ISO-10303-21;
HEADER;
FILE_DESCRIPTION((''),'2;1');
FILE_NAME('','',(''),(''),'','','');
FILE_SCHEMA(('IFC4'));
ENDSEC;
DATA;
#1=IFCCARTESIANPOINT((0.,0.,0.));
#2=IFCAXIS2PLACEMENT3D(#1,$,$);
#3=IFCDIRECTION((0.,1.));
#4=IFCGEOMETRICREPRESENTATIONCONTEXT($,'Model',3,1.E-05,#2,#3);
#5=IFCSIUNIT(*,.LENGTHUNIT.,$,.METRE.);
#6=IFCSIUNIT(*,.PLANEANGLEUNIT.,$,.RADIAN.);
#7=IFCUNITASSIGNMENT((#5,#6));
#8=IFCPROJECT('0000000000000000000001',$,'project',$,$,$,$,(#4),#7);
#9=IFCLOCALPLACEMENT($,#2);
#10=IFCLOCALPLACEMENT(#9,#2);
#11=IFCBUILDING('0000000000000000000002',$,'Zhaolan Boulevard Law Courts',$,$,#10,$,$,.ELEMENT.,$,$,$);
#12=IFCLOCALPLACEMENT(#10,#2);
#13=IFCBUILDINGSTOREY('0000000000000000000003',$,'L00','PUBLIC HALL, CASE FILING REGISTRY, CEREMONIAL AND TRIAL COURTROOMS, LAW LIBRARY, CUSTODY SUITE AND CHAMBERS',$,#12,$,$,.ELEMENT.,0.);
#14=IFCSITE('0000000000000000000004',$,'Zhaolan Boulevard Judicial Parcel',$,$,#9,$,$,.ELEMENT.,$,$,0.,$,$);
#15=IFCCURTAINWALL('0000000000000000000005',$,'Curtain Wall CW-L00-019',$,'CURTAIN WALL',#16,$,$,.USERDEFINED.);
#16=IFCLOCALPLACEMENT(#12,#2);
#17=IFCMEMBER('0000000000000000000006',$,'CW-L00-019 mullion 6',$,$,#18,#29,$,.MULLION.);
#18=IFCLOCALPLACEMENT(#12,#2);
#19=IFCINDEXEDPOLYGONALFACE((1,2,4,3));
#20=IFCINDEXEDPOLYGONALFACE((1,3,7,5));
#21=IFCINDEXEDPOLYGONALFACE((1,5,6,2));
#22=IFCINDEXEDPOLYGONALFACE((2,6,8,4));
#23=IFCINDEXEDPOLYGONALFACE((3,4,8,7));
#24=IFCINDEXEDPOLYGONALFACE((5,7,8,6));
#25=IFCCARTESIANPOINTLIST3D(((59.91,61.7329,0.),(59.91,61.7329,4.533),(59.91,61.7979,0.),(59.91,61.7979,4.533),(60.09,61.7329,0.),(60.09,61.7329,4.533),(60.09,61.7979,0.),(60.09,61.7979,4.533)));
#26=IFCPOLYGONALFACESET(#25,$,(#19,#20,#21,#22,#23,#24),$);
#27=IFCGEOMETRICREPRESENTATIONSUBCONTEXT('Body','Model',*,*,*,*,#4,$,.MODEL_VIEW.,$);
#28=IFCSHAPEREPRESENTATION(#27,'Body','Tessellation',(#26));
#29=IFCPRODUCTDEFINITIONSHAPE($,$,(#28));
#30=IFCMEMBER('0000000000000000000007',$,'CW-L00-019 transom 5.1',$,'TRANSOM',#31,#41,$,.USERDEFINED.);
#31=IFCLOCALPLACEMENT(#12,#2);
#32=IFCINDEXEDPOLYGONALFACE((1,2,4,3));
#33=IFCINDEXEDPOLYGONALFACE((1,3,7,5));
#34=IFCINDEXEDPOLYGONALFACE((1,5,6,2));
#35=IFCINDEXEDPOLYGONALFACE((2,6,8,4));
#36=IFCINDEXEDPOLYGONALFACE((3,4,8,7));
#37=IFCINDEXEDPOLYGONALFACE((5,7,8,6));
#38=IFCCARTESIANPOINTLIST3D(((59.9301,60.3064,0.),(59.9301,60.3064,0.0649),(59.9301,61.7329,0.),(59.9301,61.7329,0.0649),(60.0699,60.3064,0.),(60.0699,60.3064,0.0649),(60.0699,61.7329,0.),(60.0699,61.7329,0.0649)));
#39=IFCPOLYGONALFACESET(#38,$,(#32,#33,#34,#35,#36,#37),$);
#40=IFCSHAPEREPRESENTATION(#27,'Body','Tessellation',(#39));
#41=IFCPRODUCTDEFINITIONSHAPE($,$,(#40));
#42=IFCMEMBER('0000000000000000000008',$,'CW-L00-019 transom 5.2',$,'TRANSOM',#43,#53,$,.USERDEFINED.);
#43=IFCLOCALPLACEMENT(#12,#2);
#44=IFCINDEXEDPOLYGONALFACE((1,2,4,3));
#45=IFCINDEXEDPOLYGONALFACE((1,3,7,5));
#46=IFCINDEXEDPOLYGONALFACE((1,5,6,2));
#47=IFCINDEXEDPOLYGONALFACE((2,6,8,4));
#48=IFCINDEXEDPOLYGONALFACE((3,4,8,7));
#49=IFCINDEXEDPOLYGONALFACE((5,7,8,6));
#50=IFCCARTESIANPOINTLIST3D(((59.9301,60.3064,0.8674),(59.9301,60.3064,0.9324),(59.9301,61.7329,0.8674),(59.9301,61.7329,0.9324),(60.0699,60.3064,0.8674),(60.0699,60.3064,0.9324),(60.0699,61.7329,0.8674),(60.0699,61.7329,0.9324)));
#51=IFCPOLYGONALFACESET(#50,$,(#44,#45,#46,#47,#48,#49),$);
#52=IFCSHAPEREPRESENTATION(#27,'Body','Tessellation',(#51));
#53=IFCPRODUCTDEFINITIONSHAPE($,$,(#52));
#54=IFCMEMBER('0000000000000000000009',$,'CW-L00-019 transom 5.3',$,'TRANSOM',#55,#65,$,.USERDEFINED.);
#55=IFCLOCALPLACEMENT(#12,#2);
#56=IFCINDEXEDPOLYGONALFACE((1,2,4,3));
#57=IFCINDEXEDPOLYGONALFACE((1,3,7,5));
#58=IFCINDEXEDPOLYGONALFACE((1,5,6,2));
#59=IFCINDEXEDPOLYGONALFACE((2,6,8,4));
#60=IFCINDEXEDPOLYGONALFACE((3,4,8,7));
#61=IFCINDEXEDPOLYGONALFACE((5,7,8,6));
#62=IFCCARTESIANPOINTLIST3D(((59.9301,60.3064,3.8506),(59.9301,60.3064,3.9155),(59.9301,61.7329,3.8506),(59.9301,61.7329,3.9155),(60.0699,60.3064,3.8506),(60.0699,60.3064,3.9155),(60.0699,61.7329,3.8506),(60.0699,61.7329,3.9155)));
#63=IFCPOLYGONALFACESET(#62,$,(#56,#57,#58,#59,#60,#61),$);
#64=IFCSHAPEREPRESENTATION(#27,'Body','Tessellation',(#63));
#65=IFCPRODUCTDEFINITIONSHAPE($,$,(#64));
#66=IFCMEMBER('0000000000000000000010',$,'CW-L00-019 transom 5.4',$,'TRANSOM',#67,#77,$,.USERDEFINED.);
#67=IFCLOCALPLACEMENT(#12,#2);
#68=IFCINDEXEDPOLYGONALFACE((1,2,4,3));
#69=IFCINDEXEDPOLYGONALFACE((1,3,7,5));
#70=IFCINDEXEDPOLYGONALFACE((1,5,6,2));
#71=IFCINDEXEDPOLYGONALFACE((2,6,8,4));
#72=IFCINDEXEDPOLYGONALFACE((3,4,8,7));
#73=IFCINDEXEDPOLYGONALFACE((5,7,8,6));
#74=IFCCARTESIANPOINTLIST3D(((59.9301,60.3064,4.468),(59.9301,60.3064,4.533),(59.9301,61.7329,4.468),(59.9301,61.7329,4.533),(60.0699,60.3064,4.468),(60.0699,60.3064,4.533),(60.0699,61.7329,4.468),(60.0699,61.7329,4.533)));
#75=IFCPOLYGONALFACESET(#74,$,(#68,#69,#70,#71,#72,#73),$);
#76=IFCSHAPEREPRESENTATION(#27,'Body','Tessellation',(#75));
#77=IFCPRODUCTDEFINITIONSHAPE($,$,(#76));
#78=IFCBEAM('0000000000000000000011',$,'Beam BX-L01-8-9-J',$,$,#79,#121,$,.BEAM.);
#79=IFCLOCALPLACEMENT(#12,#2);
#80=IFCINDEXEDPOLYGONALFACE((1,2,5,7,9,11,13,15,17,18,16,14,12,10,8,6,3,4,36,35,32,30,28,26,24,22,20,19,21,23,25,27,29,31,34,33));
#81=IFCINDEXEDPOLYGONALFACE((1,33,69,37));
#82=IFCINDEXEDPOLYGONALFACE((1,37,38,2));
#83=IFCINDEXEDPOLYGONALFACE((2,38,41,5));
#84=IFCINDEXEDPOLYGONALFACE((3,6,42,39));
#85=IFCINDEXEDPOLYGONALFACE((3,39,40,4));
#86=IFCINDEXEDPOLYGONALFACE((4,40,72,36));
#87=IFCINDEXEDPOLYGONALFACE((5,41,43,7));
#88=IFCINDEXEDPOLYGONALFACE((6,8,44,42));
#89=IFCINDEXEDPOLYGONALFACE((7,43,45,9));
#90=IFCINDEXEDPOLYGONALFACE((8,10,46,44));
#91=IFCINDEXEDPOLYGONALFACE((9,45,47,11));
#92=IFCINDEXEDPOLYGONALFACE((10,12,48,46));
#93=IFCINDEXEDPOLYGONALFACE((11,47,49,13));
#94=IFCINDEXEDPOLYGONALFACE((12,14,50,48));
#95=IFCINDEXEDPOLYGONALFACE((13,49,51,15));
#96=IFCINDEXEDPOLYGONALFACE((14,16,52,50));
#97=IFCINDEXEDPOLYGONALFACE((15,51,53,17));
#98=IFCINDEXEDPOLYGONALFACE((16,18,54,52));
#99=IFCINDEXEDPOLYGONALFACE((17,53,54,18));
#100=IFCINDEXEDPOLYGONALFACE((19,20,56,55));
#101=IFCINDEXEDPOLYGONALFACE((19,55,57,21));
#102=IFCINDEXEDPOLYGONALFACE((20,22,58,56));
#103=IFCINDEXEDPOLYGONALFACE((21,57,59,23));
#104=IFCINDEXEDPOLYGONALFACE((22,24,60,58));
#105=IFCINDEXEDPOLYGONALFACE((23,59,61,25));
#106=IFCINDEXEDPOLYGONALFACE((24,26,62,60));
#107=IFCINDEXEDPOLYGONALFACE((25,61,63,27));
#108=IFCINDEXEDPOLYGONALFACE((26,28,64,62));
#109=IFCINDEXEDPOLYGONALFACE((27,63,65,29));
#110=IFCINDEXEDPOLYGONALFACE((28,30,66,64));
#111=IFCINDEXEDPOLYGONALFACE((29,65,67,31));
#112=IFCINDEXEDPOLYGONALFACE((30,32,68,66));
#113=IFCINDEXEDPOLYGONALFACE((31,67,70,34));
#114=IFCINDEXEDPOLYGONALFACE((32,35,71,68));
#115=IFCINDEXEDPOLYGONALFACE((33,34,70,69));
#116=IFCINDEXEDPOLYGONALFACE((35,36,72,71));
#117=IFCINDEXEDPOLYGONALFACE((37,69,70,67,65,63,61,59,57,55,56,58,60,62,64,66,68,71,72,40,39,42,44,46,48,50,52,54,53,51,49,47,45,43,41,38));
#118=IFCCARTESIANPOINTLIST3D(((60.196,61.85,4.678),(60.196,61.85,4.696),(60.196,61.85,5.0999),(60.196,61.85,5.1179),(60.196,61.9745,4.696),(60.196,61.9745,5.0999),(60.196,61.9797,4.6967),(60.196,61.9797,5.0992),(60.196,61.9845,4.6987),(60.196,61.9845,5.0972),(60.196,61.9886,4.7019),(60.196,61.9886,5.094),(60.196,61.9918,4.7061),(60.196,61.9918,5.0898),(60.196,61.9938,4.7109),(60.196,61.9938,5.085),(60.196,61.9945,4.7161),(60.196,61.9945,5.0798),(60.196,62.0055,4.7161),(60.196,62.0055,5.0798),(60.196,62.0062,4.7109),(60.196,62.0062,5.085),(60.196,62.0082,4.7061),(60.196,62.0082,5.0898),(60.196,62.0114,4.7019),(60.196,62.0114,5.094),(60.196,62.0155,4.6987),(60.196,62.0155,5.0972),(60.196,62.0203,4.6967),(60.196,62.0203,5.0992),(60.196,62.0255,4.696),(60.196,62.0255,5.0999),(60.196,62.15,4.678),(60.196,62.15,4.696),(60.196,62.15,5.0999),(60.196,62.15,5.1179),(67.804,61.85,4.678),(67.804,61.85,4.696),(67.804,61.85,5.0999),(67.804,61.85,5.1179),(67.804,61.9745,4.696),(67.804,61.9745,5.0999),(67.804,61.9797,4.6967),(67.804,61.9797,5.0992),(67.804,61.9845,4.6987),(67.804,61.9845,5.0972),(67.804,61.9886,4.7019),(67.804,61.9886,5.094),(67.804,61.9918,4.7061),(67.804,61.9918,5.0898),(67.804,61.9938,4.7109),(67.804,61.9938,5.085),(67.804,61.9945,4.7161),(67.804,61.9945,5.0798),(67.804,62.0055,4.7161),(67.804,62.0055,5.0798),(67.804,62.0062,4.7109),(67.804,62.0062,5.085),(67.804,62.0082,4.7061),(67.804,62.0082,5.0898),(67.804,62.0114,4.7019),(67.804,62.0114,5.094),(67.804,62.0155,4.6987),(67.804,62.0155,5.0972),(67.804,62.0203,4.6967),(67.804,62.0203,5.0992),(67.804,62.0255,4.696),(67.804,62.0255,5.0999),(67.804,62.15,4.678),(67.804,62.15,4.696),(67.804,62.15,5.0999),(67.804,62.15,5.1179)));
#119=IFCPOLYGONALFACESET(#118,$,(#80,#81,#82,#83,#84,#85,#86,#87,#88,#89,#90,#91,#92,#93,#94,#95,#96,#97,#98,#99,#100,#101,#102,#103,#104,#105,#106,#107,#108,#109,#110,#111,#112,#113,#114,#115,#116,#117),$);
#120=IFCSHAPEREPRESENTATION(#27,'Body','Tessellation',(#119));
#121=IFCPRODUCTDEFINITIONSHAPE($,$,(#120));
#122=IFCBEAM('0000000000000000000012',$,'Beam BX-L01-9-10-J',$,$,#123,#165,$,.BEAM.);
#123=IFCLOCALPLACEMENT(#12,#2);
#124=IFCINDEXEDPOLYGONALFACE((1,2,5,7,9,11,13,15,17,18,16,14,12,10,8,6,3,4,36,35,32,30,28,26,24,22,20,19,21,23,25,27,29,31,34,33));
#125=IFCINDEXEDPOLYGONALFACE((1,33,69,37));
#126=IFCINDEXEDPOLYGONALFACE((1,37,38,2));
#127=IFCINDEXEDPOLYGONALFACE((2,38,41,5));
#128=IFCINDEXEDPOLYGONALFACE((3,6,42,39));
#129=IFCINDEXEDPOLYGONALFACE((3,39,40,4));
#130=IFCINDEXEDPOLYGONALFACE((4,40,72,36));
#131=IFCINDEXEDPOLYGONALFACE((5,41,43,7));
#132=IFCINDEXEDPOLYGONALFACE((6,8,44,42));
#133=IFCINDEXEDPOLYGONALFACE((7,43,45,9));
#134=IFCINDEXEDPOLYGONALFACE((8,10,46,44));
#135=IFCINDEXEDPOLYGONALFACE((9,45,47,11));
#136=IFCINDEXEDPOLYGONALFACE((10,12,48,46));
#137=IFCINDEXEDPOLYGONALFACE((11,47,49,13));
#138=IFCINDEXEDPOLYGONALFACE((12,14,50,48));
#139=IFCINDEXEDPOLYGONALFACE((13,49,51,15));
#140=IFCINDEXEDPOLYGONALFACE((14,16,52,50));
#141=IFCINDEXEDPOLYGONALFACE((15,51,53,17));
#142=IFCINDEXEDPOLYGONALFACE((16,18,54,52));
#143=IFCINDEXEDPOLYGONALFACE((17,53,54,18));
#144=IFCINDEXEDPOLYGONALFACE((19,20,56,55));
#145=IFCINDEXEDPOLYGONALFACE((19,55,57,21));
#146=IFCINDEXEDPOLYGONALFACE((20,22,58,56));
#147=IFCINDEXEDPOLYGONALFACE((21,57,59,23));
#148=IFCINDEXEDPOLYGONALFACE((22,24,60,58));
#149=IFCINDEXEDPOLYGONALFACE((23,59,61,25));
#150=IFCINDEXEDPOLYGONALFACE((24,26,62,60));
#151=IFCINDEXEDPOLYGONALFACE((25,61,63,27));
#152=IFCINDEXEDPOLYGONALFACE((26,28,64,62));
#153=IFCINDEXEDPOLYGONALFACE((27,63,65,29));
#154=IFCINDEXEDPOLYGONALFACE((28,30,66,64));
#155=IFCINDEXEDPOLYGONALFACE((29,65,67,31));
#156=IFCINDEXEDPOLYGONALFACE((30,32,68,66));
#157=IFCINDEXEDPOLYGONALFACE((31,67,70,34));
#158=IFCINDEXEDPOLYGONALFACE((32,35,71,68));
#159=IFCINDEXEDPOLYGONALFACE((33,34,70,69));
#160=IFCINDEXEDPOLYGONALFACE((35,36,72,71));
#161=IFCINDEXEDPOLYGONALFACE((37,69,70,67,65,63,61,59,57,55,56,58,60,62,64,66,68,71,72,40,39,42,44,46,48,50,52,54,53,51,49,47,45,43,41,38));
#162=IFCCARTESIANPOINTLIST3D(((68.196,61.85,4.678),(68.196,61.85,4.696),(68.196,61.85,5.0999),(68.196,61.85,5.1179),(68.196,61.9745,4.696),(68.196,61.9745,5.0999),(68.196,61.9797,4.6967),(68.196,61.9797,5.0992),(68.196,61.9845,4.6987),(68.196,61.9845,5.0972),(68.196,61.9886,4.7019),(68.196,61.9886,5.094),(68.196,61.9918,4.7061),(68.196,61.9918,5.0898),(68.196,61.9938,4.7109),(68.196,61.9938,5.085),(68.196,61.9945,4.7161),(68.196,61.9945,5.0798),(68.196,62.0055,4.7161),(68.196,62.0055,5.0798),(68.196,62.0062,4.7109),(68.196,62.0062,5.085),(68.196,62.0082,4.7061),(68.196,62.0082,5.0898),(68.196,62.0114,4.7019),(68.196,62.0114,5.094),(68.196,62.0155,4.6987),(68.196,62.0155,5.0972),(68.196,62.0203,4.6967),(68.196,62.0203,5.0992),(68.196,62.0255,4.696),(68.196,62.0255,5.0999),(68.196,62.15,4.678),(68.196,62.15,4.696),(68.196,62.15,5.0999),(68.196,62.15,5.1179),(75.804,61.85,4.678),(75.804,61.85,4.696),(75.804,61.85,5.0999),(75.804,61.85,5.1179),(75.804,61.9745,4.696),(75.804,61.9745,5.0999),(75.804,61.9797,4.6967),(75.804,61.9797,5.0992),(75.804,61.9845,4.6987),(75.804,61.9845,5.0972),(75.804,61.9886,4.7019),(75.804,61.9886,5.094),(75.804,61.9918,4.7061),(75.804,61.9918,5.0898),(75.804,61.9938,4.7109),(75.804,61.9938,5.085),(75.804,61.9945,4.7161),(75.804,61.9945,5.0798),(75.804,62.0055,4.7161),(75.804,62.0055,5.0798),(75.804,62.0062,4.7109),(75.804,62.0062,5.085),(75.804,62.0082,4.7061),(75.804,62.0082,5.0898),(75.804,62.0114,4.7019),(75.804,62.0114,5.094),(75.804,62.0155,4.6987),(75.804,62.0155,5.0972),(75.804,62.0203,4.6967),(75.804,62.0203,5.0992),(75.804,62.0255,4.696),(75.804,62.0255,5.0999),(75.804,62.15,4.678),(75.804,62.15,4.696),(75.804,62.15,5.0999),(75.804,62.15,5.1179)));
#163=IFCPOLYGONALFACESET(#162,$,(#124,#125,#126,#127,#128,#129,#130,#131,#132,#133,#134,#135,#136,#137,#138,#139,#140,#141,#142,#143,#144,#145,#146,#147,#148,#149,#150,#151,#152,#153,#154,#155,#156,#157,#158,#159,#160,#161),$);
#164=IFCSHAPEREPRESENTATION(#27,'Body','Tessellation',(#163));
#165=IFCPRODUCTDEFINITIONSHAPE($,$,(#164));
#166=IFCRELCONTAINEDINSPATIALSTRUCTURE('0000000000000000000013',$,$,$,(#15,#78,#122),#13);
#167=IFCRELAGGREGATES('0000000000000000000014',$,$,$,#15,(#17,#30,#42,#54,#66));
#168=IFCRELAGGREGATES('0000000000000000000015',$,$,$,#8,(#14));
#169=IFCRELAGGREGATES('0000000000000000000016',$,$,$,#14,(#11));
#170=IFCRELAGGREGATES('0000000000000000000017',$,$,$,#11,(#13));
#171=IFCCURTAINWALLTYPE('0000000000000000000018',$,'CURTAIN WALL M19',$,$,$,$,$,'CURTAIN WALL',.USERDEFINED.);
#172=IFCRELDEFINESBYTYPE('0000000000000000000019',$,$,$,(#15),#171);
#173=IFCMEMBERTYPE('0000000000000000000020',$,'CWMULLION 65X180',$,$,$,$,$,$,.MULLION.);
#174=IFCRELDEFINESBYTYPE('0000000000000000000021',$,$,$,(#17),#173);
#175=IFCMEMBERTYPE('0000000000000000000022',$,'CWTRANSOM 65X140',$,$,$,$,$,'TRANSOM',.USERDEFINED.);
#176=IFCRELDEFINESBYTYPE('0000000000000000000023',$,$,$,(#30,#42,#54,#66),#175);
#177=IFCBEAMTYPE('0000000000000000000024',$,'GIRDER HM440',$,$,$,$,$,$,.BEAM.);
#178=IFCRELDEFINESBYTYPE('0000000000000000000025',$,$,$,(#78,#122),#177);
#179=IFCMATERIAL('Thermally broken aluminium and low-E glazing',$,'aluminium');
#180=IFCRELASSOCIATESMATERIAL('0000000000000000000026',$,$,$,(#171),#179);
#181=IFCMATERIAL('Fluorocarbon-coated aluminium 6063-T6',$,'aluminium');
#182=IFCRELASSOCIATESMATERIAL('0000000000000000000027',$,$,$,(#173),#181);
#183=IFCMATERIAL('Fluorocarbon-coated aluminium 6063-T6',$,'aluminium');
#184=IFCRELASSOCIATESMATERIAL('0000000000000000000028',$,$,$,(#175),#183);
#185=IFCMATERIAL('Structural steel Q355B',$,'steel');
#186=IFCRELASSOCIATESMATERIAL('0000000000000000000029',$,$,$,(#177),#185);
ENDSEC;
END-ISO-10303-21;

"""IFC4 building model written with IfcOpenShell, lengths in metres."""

from ifc_helpers import new_model, si_unit, direction, frame, origin, origin_2d, place, context, subcontext, project, spatial, rectangle, i_section, extrude, material, material_profile, profile_set, type_object, element, aggregate, save


model = new_model("IFC4")

# Units and contexts
model_context = context("Model", 3, precision=1e-05, world=origin(), true_north=direction((0.0, 1.0)))
body_context = subcontext(model_context, "Body", "Model", "MODEL_VIEW")
ifc_project = project(units=[si_unit("LENGTHUNIT", "METRE"), si_unit("PLANEANGLEUNIT", "RADIAN")], contexts=[model_context])

# Site, building, storey
site_placement = place(None, origin())
site = spatial("IfcSite", under=ifc_project, at=site_placement, Name="Zhaolan Boulevard Judicial Parcel", CompositionType="ELEMENT", RefElevation=0.0)
building_placement = place(site_placement, origin())
building = spatial("IfcBuilding", under=site, at=building_placement, Name="Zhaolan Boulevard Law Courts", CompositionType="ELEMENT")
storey_placement = place(building_placement, origin())
storey = spatial("IfcBuildingStorey", under=building, at=storey_placement, Name="L00", Description="PUBLIC HALL, CASE FILING REGISTRY, CEREMONIAL AND TRIAL COURTROOMS, LAW LIBRARY, CUSTODY SUITE AND CHAMBERS", CompositionType="ELEMENT", Elevation=0.0)

# Curtain wall, members
ifc_material_1 = material(Name="Thermally broken aluminium and low-E glazing", Category="aluminium")
curtain_wall_type = type_object("IfcCurtainWallType", Name="CURTAIN WALL M19", ElementType="CURTAIN WALL", PredefinedType="USERDEFINED", material=ifc_material_1)
curtain_wall_placement = place(storey_placement, origin())
curtain_wall = element("IfcCurtainWall", 1, at=curtain_wall_placement, inside=storey, type_object=curtain_wall_type, Name="Curtain Wall CW-L00-019", ObjectType="CURTAIN WALL", PredefinedType="USERDEFINED")
ifc_material_2 = material(Name="Fluorocarbon-coated aluminium 6063-T6", Category="aluminium")
ifc_material_profile_1 = material_profile(ifc_material_2, rectangle(XDim=0.1799, YDim=0.0649, at=origin_2d()), Name="AL65x180")
ifc_profile_set_1 = profile_set([ifc_material_profile_1], Name="Fluorocarbon-coated aluminium 6063-T6")
member_type_1 = type_object("IfcMemberType", Name="CWMULLION 65X180", PredefinedType="MULLION", material=ifc_profile_set_1)
member_1_placement = place(storey_placement, frame((60.0, 61.7654, 0.0), z_axis=(0.0, 0.0, 1.0), x_axis=(-1.0, 0.0, 0.0)))
member_1 = element("IfcMember", 2, at=member_1_placement, type_object=member_type_1, Name="CW-L00-019 mullion 6", PredefinedType="MULLION", context=body_context, shape_type="SweptSolid", body=[
    extrude(rectangle(XDim=0.1799, YDim=0.0649, at=origin_2d()), origin(), (0.0, 0.0, 1.0), 4.533),
])
ifc_material_3 = material(Name="Fluorocarbon-coated aluminium 6063-T6", Category="aluminium")
ifc_material_profile_2 = material_profile(ifc_material_3, rectangle(XDim=0.1399, YDim=0.0649, at=origin_2d()), Name="AL65x140")
ifc_profile_set_2 = profile_set([ifc_material_profile_2], Name="Fluorocarbon-coated aluminium 6063-T6")
member_type_2 = type_object("IfcMemberType", Name="CWTRANSOM 65X140", ElementType="TRANSOM", PredefinedType="USERDEFINED", material=ifc_profile_set_2)
member_2_placement = place(storey_placement, frame((60.0, 60.3064, 0.0325), z_axis=(0.0, 1.0, 0.0), x_axis=(-1.0, 0.0, 0.0)))
member_2 = element("IfcMember", 3, at=member_2_placement, type_object=member_type_2, Name="CW-L00-019 transom 5.1", ObjectType="TRANSOM", PredefinedType="USERDEFINED", context=body_context, shape_type="SweptSolid", body=[
    extrude(rectangle(XDim=0.1399, YDim=0.0649, at=origin_2d()), origin(), (0.0, 0.0, 1.0), 1.4265),
])
member_3_placement = place(storey_placement, frame((60.0, 60.3064, 0.8999), z_axis=(0.0, 1.0, 0.0), x_axis=(-1.0, 0.0, 0.0)))
member_3 = element("IfcMember", 4, at=member_3_placement, type_object=member_type_2, Name="CW-L00-019 transom 5.2", ObjectType="TRANSOM", PredefinedType="USERDEFINED", context=body_context, shape_type="SweptSolid", body=[
    extrude(rectangle(XDim=0.1399, YDim=0.0649, at=origin_2d()), origin(), (0.0, 0.0, 1.0), 1.4265),
])
member_4_placement = place(storey_placement, frame((60.0, 60.3064, 3.8831), z_axis=(0.0, 1.0, 0.0), x_axis=(-1.0, 0.0, 0.0)))
member_4 = element("IfcMember", 5, at=member_4_placement, type_object=member_type_2, Name="CW-L00-019 transom 5.3", ObjectType="TRANSOM", PredefinedType="USERDEFINED", context=body_context, shape_type="SweptSolid", body=[
    extrude(rectangle(XDim=0.1399, YDim=0.0649, at=origin_2d()), origin(), (0.0, 0.0, 1.0), 1.4265),
])
member_5_placement = place(storey_placement, frame((60.0, 60.3064, 4.5005), z_axis=(0.0, 1.0, 0.0), x_axis=(-1.0, 0.0, 0.0)))
member_5 = element("IfcMember", 6, at=member_5_placement, type_object=member_type_2, Name="CW-L00-019 transom 5.4", ObjectType="TRANSOM", PredefinedType="USERDEFINED", context=body_context, shape_type="SweptSolid", body=[
    extrude(rectangle(XDim=0.1399, YDim=0.0649, at=origin_2d()), origin(), (0.0, 0.0, 1.0), 1.4265),
])

# Beams
ifc_material_4 = material(Name="Structural steel Q355B", Category="steel")
ifc_material_profile_3 = material_profile(ifc_material_4, i_section(OverallWidth=0.3, OverallDepth=0.4399, WebThickness=0.011, FlangeThickness=0.0181, FilletRadius=0.02, at=origin_2d()), Name="HM440x300")
ifc_profile_set_3 = profile_set([ifc_material_profile_3], Name="Structural steel Q355B")
beam_type_1 = type_object("IfcBeamType", Name="GIRDER HM440", PredefinedType="BEAM", material=ifc_profile_set_3)
for number, where, z_axis, x_axis, name in (
    (7, (60.196, 62.0, 4.8979), (1.0, 0.0, 0.0), (0.0, 1.0, 0.0), "Beam BX-L01-8-9-J"),
    (8, (68.196, 62.0, 4.8979), (1.0, 0.0, 0.0), (0.0, 1.0, 0.0), "Beam BX-L01-9-10-J"),
):
    element("IfcBeam", number, at=place(storey_placement, frame(where, z_axis=z_axis, x_axis=x_axis)), inside=storey, type_object=beam_type_1, Name=name, PredefinedType="BEAM", context=body_context, shape_type="SweptSolid", body=[
        extrude(i_section(OverallWidth=0.3, OverallDepth=0.4399, WebThickness=0.011, FlangeThickness=0.0181, FilletRadius=0.02, at=origin_2d()), origin(), (0.0, 0.0, 1.0), 7.6079),
    ])

aggregate(curtain_wall, [member_1, member_2, member_3, member_4, member_5])

save(model, "model.ifc")
